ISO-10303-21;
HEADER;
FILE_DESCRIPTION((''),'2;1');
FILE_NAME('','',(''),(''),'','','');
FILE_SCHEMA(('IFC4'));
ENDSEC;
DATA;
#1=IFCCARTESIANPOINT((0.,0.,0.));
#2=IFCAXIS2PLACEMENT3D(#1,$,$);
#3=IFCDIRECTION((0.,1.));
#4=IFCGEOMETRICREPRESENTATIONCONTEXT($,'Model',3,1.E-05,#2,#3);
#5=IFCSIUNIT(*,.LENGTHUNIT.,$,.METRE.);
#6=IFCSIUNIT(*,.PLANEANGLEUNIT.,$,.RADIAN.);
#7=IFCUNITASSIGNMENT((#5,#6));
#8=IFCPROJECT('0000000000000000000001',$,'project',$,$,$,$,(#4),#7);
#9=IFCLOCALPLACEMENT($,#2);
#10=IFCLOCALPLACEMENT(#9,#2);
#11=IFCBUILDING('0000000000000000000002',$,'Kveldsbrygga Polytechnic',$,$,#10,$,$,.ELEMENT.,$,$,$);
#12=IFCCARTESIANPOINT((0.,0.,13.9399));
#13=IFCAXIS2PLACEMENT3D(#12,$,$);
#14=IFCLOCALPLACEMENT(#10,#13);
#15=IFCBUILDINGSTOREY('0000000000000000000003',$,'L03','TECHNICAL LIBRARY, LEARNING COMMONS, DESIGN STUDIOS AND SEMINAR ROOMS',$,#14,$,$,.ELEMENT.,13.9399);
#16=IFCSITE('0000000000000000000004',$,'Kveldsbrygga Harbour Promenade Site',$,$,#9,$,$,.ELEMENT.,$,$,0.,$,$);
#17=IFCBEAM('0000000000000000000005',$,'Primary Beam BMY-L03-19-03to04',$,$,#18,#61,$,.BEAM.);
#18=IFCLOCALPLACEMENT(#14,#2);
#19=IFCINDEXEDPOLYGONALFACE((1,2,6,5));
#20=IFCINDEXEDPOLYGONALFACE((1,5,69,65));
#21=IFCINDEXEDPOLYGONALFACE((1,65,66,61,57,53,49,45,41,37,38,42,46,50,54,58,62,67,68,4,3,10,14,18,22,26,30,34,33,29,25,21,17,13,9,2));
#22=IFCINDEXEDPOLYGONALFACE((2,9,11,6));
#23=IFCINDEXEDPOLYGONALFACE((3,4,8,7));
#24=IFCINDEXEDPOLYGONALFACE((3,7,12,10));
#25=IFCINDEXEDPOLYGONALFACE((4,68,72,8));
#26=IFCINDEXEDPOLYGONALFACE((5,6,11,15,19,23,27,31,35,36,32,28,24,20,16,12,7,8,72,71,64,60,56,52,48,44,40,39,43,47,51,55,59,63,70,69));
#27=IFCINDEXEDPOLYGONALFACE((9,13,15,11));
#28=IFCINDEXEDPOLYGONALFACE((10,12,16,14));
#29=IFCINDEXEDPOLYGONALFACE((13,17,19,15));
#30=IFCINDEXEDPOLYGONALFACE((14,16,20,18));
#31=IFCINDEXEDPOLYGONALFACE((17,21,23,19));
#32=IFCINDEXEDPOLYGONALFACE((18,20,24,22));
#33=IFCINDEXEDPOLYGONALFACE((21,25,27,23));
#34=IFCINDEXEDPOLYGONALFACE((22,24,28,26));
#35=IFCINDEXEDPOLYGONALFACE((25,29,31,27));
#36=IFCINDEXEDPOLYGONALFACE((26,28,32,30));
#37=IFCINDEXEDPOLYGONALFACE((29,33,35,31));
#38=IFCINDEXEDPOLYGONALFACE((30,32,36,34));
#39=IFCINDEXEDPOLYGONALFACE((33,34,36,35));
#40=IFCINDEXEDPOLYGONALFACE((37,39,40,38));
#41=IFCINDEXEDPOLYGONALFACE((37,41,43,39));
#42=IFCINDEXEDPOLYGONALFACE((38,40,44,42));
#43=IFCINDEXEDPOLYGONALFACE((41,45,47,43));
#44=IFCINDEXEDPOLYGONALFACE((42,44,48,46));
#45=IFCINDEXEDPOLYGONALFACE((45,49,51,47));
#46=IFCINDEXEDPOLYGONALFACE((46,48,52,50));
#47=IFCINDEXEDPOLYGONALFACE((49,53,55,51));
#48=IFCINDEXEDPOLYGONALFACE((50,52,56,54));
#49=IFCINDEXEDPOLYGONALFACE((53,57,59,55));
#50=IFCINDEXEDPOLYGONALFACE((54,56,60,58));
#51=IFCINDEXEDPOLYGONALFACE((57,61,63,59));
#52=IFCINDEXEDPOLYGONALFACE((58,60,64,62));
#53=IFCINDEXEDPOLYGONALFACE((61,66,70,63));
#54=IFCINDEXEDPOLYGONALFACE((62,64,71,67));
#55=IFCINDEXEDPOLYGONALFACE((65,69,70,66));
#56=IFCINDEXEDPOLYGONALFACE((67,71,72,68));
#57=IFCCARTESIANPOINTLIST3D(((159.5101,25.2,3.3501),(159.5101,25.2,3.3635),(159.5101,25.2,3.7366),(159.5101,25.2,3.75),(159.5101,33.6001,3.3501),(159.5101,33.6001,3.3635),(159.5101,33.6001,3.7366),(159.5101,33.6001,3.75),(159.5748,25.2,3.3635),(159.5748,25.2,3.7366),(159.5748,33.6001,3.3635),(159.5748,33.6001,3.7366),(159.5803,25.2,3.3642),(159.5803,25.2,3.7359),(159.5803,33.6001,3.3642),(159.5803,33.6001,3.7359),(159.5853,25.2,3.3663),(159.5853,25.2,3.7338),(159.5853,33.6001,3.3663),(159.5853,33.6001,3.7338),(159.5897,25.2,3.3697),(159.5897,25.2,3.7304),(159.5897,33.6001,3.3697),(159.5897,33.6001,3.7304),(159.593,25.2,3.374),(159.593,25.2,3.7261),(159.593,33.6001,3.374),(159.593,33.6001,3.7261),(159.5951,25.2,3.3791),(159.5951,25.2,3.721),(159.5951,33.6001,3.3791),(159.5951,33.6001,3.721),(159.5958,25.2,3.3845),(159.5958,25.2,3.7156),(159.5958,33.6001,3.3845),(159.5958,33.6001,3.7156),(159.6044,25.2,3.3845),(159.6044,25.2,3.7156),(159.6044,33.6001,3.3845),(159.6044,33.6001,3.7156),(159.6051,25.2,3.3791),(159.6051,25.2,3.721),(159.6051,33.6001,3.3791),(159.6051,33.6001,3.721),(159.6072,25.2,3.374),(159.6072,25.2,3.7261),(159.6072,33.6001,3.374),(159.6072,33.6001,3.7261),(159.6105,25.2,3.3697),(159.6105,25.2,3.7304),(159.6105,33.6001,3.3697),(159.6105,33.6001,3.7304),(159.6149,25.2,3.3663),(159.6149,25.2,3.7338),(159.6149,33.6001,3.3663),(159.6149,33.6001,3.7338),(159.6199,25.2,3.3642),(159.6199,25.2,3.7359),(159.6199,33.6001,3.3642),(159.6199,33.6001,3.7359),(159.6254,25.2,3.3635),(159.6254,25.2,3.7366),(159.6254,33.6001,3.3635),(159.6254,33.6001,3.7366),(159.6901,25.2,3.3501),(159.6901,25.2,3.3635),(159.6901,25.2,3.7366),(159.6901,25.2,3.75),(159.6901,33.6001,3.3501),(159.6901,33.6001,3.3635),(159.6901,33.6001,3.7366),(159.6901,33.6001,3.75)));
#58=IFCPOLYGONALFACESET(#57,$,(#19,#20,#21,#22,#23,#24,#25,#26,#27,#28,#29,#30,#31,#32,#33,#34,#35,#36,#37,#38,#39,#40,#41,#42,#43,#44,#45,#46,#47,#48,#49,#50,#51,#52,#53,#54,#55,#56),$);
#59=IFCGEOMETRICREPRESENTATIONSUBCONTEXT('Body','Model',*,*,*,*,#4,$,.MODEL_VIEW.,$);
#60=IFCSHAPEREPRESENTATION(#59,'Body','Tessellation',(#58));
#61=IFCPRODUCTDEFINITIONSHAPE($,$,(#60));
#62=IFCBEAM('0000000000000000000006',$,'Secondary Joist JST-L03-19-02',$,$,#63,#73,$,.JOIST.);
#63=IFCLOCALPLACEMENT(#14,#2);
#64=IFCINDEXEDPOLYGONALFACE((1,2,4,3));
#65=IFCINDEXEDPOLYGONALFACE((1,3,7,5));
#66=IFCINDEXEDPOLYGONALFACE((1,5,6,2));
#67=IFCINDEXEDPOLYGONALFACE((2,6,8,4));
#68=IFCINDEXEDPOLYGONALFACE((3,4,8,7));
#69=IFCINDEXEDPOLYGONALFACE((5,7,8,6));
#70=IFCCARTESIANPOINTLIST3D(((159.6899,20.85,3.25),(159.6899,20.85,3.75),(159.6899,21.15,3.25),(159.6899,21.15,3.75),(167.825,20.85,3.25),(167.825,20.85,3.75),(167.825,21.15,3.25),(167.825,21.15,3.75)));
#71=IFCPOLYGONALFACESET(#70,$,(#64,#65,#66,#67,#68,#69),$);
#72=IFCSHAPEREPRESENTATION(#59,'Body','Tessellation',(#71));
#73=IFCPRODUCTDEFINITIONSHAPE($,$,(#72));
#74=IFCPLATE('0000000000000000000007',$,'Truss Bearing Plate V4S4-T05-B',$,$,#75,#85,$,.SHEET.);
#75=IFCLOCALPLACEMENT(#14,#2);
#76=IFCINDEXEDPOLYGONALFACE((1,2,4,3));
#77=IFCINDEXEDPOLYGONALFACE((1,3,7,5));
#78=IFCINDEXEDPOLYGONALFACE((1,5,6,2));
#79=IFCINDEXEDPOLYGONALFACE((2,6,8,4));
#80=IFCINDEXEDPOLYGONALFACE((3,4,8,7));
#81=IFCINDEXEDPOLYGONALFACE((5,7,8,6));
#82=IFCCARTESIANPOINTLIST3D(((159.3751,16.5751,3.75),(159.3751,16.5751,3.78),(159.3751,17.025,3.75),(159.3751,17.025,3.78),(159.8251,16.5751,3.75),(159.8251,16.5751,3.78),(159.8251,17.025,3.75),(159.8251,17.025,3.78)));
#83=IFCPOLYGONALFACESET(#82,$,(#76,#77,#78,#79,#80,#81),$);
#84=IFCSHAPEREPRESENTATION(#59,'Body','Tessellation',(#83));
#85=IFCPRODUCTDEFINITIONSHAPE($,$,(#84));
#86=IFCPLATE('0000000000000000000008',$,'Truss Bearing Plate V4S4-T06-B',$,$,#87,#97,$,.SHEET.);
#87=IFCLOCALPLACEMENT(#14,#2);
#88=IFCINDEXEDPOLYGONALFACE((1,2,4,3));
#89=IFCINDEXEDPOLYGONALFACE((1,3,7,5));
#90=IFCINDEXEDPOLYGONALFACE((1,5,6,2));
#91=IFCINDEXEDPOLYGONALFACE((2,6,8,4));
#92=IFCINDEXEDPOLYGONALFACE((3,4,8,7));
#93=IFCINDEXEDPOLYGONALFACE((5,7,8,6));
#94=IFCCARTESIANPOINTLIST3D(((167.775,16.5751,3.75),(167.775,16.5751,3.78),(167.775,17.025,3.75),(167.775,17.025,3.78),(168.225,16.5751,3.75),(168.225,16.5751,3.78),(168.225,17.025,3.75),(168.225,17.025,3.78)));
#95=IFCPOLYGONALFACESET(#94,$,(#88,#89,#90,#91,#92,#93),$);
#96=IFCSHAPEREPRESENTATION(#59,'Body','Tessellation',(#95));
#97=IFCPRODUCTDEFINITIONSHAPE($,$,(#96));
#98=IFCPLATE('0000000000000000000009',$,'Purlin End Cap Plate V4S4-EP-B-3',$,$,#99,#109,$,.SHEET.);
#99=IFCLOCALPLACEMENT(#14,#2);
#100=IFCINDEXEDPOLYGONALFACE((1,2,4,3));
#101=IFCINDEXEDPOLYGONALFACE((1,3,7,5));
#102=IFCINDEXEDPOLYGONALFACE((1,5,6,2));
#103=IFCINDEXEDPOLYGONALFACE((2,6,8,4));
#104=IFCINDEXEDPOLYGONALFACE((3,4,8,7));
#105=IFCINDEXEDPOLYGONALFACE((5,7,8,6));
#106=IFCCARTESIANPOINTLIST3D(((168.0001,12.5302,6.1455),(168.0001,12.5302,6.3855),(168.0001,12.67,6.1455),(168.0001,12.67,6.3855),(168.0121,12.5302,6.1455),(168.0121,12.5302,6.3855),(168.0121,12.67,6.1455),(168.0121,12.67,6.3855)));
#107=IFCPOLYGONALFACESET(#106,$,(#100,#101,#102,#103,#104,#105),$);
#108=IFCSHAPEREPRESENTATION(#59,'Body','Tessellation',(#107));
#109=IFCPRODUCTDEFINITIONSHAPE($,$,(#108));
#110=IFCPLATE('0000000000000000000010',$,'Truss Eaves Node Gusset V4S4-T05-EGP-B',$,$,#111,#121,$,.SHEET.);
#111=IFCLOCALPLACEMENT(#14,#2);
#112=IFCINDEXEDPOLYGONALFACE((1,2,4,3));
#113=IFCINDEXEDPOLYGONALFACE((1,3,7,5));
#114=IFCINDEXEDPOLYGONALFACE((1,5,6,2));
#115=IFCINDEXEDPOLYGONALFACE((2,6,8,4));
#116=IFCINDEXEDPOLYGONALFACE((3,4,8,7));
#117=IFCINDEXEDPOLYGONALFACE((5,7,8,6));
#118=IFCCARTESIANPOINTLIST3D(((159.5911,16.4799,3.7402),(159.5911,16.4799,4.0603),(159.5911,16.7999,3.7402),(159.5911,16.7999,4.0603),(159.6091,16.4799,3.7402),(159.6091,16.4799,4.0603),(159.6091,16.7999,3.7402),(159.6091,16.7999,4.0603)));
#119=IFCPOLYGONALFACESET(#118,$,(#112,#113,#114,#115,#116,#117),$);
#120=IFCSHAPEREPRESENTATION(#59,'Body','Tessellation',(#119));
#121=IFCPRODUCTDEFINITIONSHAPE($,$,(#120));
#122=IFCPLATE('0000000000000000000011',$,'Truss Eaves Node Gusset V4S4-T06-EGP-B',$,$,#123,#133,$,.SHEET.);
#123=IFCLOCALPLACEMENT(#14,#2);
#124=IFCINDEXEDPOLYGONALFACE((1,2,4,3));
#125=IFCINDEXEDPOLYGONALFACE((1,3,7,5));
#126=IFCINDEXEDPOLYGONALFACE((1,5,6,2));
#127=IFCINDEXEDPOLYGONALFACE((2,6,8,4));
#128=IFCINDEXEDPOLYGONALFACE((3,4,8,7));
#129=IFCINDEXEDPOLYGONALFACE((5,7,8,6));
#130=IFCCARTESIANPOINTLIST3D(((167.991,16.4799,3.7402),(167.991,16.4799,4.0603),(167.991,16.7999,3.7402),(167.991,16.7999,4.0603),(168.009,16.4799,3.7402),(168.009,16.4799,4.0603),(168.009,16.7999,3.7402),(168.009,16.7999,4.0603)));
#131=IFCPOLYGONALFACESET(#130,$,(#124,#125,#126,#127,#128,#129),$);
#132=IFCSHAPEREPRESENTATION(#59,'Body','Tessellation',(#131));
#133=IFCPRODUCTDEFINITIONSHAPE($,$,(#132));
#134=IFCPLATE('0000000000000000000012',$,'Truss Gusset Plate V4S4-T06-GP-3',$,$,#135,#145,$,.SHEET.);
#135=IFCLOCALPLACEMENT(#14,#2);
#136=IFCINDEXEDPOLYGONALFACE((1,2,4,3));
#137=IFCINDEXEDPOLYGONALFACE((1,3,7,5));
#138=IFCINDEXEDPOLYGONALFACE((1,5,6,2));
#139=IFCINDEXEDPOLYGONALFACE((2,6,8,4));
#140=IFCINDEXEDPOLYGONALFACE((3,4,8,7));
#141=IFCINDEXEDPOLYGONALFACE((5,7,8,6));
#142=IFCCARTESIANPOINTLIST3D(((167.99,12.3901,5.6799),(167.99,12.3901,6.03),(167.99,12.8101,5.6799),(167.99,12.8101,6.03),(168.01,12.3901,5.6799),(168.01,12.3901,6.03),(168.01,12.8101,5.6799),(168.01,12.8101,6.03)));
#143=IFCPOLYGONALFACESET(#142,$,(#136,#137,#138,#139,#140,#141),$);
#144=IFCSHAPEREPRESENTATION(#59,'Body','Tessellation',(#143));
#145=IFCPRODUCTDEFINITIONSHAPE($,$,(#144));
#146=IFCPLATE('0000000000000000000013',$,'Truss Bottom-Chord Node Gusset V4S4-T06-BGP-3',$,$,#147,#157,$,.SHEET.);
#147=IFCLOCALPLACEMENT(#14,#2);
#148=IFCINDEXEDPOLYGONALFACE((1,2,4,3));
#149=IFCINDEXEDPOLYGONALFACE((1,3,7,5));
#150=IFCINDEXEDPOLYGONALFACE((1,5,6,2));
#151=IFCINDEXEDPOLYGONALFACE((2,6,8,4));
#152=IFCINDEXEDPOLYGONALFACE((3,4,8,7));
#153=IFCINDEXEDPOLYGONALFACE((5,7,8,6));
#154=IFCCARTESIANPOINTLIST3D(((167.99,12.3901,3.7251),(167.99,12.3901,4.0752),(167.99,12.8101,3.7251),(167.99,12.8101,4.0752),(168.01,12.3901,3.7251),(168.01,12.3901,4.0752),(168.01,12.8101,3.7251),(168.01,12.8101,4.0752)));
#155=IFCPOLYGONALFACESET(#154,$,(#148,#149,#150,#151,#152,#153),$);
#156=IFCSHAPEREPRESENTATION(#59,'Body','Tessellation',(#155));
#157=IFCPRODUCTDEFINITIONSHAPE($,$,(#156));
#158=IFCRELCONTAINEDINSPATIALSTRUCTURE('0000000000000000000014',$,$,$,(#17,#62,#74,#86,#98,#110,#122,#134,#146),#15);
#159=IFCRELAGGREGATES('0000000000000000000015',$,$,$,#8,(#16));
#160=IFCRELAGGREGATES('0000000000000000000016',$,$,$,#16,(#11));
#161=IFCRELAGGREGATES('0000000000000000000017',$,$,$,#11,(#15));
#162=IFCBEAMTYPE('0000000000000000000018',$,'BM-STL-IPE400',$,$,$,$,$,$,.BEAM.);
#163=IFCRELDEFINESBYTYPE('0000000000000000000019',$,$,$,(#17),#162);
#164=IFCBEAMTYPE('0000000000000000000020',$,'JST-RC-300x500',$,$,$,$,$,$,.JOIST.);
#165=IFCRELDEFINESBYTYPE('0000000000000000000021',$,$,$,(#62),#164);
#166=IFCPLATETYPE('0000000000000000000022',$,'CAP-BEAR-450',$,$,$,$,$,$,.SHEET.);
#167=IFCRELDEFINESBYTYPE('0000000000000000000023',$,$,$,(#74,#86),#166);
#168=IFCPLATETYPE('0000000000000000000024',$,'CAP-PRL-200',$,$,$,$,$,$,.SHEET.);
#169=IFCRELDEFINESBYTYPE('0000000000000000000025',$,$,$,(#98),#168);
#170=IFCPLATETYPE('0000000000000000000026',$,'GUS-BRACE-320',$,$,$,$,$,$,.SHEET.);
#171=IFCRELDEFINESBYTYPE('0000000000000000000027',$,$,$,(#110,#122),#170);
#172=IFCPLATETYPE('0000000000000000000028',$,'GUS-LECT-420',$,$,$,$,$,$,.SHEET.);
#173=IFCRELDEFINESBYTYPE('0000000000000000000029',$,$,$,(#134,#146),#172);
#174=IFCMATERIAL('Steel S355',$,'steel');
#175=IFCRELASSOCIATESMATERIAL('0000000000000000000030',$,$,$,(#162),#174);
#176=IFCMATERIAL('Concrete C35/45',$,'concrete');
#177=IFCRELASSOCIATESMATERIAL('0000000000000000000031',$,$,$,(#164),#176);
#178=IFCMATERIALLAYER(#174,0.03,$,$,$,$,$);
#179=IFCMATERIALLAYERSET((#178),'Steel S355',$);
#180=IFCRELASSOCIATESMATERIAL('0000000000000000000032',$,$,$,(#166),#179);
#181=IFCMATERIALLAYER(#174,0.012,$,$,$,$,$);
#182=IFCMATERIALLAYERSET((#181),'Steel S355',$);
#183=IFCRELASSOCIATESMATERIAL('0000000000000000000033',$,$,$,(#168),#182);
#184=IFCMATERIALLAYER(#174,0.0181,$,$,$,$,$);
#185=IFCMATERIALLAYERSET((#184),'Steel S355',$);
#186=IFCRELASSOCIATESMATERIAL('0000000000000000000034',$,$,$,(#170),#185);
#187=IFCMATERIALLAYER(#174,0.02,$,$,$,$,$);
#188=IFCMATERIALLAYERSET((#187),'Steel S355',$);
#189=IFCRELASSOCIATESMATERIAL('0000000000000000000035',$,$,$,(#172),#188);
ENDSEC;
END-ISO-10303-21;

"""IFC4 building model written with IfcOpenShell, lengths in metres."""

from ifc_helpers import new_model, si_unit, direction, frame, origin, origin_2d, place, context, subcontext, project, spatial, rectangle, i_section, extrude, material, layer, layer_set, material_profile, profile_set, type_object, element, save


model = new_model("IFC4")

# Units and contexts
model_context = context("Model", 3, precision=1e-05, world=origin(), true_north=direction((0.0, 1.0)))
body_context = subcontext(model_context, "Body", "Model", "MODEL_VIEW")
ifc_project = project(units=[si_unit("LENGTHUNIT", "METRE"), si_unit("PLANEANGLEUNIT", "RADIAN")], contexts=[model_context])

# Site, building, storey
site_placement = place(None, origin())
site = spatial("IfcSite", under=ifc_project, at=site_placement, Name="Kveldsbrygga Harbour Promenade Site", CompositionType="ELEMENT", RefElevation=0.0)
building_placement = place(site_placement, origin())
building = spatial("IfcBuilding", under=site, at=building_placement, Name="Kveldsbrygga Polytechnic", CompositionType="ELEMENT")
storey_placement = place(building_placement, frame((0.0, 0.0, 13.9399)))
storey = spatial("IfcBuildingStorey", under=building, at=storey_placement, Name="L03", Description="TECHNICAL LIBRARY, LEARNING COMMONS, DESIGN STUDIOS AND SEMINAR ROOMS", CompositionType="ELEMENT", Elevation=13.9399)

# Beams
ifc_material_1 = material(Name="Concrete C35/45", Category="concrete")
ifc_material_2 = material(Name="Steel S355", Category="steel")
ifc_material_profile_1 = material_profile(ifc_material_2, i_section(OverallWidth=0.1799, OverallDepth=0.3999, WebThickness=0.0085, FlangeThickness=0.0134, FilletRadius=0.021, at=origin_2d()), Name="IPE 400")
ifc_profile_set_1 = profile_set([ifc_material_profile_1], Name="Steel S355")
beam_type_1 = type_object("IfcBeamType", Name="BM-STL-IPE400", PredefinedType="BEAM", material=ifc_profile_set_1)
beam_1_placement = place(storey_placement, frame((159.6001, 25.2, 3.55), z_axis=(0.0, 1.0, 0.0), x_axis=(-1.0, 0.0, 0.0)))
element("IfcBeam", 1, at=beam_1_placement, inside=storey, type_object=beam_type_1, Name="Primary Beam BMY-L03-19-03to04", PredefinedType="BEAM", context=body_context, shape_type="SweptSolid", body=[
    extrude(i_section(OverallWidth=0.1799, OverallDepth=0.3999, WebThickness=0.0085, FlangeThickness=0.0134, FilletRadius=0.021, at=origin_2d()), origin(), (0.0, 0.0, 1.0), 8.4001),
])
ifc_material_profile_2 = material_profile(ifc_material_1, rectangle(XDim=0.3, YDim=0.5, at=origin_2d()), Name="RC 300x500")
ifc_profile_set_2 = profile_set([ifc_material_profile_2], Name="Concrete C35/45")
beam_type_2 = type_object("IfcBeamType", Name="JST-RC-300x500", PredefinedType="JOIST", material=ifc_profile_set_2)
beam_2_placement = place(storey_placement, frame((159.6899, 21.0, 3.5), z_axis=(1.0, 0.0, 0.0), x_axis=(0.0, 1.0, 0.0)))
element("IfcBeam", 2, at=beam_2_placement, inside=storey, type_object=beam_type_2, Name="Secondary Joist JST-L03-19-02", PredefinedType="JOIST", context=body_context, shape_type="SweptSolid", body=[
    extrude(rectangle(XDim=0.3, YDim=0.5, at=origin_2d()), origin(), (0.0, 0.0, 1.0), 8.135),
])

# Plates
ifc_layer_1 = layer(ifc_material_2, 0.03)
ifc_layer_set_1 = layer_set([ifc_layer_1], Name="Steel S355")
plate_type_1 = type_object("IfcPlateType", Name="CAP-BEAR-450", PredefinedType="SHEET", material=ifc_layer_set_1)
for number, where, z_axis, x_axis, name in (
    (3, (159.6001, 16.8, 3.75), (0.0, 0.0, 1.0), (1.0, 0.0, 0.0), "Truss Bearing Plate V4S4-T05-B"),
    (4, (168.0, 16.8, 3.75), (0.0, 0.0, 1.0), (1.0, 0.0, 0.0), "Truss Bearing Plate V4S4-T06-B"),
):
    element("IfcPlate", number, at=place(storey_placement, frame(where, z_axis=z_axis, x_axis=x_axis)), inside=storey, type_object=plate_type_1, Name=name, PredefinedType="SHEET", context=body_context, shape_type="SweptSolid", body=[
        extrude(rectangle(XDim=0.45, YDim=0.45, at=origin_2d()), origin(), (0.0, 0.0, 1.0), 0.03),
    ])
ifc_layer_2 = layer(ifc_material_2, 0.012)
ifc_layer_set_2 = layer_set([ifc_layer_2], Name="Steel S355")
plate_type_2 = type_object("IfcPlateType", Name="CAP-PRL-200", PredefinedType="SHEET", material=ifc_layer_set_2)
plate_placement = place(storey_placement, frame((168.0061, 12.6001, 6.1455), z_axis=(0.0, 0.0, 1.0), x_axis=(1.0, 0.0, 0.0)))
element("IfcPlate", 5, at=plate_placement, inside=storey, type_object=plate_type_2, Name="Purlin End Cap Plate V4S4-EP-B-3", PredefinedType="SHEET", context=body_context, shape_type="SweptSolid", body=[
    extrude(rectangle(XDim=0.012, YDim=0.1399, at=origin_2d()), origin(), (0.0, 0.0, 1.0), 0.24),
])
ifc_layer_3 = layer(ifc_material_2, 0.0181)
ifc_layer_set_3 = layer_set([ifc_layer_3], Name="Steel S355")
plate_type_3 = type_object("IfcPlateType", Name="GUS-BRACE-320", PredefinedType="SHEET", material=ifc_layer_set_3)
for number, where, z_axis, x_axis, name in (
    (6, (159.6001, 16.6399, 3.7402), (0.0, 0.0, 1.0), (1.0, 0.0, 0.0), "Truss Eaves Node Gusset V4S4-T05-EGP-B"),
    (7, (168.0, 16.6399, 3.7402), (0.0, 0.0, 1.0), (1.0, 0.0, 0.0), "Truss Eaves Node Gusset V4S4-T06-EGP-B"),
):
    element("IfcPlate", number, at=place(storey_placement, frame(where, z_axis=z_axis, x_axis=x_axis)), inside=storey, type_object=plate_type_3, Name=name, PredefinedType="SHEET", context=body_context, shape_type="SweptSolid", body=[
        extrude(rectangle(XDim=0.0181, YDim=0.3201, at=origin_2d()), origin(), (0.0, 0.0, 1.0), 0.3201),
    ])
ifc_layer_4 = layer(ifc_material_2, 0.02)
ifc_layer_set_4 = layer_set([ifc_layer_4], Name="Steel S355")
plate_type_4 = type_object("IfcPlateType", Name="GUS-LECT-420", PredefinedType="SHEET", material=ifc_layer_set_4)
for number, where, z_axis, x_axis, name in (
    (8, (168.0, 12.6001, 5.6799), (0.0, 0.0, 1.0), (1.0, 0.0, 0.0), "Truss Gusset Plate V4S4-T06-GP-3"),
    (9, (168.0, 12.6001, 3.7251), (0.0, 0.0, 1.0), (1.0, 0.0, 0.0), "Truss Bottom-Chord Node Gusset V4S4-T06-BGP-3"),
):
    element("IfcPlate", number, at=place(storey_placement, frame(where, z_axis=z_axis, x_axis=x_axis)), inside=storey, type_object=plate_type_4, Name=name, PredefinedType="SHEET", context=body_context, shape_type="SweptSolid", body=[
        extrude(rectangle(XDim=0.02, YDim=0.4199, at=origin_2d()), origin(), (0.0, 0.0, 1.0), 0.3501),
    ])

save(model, "model.ifc")
